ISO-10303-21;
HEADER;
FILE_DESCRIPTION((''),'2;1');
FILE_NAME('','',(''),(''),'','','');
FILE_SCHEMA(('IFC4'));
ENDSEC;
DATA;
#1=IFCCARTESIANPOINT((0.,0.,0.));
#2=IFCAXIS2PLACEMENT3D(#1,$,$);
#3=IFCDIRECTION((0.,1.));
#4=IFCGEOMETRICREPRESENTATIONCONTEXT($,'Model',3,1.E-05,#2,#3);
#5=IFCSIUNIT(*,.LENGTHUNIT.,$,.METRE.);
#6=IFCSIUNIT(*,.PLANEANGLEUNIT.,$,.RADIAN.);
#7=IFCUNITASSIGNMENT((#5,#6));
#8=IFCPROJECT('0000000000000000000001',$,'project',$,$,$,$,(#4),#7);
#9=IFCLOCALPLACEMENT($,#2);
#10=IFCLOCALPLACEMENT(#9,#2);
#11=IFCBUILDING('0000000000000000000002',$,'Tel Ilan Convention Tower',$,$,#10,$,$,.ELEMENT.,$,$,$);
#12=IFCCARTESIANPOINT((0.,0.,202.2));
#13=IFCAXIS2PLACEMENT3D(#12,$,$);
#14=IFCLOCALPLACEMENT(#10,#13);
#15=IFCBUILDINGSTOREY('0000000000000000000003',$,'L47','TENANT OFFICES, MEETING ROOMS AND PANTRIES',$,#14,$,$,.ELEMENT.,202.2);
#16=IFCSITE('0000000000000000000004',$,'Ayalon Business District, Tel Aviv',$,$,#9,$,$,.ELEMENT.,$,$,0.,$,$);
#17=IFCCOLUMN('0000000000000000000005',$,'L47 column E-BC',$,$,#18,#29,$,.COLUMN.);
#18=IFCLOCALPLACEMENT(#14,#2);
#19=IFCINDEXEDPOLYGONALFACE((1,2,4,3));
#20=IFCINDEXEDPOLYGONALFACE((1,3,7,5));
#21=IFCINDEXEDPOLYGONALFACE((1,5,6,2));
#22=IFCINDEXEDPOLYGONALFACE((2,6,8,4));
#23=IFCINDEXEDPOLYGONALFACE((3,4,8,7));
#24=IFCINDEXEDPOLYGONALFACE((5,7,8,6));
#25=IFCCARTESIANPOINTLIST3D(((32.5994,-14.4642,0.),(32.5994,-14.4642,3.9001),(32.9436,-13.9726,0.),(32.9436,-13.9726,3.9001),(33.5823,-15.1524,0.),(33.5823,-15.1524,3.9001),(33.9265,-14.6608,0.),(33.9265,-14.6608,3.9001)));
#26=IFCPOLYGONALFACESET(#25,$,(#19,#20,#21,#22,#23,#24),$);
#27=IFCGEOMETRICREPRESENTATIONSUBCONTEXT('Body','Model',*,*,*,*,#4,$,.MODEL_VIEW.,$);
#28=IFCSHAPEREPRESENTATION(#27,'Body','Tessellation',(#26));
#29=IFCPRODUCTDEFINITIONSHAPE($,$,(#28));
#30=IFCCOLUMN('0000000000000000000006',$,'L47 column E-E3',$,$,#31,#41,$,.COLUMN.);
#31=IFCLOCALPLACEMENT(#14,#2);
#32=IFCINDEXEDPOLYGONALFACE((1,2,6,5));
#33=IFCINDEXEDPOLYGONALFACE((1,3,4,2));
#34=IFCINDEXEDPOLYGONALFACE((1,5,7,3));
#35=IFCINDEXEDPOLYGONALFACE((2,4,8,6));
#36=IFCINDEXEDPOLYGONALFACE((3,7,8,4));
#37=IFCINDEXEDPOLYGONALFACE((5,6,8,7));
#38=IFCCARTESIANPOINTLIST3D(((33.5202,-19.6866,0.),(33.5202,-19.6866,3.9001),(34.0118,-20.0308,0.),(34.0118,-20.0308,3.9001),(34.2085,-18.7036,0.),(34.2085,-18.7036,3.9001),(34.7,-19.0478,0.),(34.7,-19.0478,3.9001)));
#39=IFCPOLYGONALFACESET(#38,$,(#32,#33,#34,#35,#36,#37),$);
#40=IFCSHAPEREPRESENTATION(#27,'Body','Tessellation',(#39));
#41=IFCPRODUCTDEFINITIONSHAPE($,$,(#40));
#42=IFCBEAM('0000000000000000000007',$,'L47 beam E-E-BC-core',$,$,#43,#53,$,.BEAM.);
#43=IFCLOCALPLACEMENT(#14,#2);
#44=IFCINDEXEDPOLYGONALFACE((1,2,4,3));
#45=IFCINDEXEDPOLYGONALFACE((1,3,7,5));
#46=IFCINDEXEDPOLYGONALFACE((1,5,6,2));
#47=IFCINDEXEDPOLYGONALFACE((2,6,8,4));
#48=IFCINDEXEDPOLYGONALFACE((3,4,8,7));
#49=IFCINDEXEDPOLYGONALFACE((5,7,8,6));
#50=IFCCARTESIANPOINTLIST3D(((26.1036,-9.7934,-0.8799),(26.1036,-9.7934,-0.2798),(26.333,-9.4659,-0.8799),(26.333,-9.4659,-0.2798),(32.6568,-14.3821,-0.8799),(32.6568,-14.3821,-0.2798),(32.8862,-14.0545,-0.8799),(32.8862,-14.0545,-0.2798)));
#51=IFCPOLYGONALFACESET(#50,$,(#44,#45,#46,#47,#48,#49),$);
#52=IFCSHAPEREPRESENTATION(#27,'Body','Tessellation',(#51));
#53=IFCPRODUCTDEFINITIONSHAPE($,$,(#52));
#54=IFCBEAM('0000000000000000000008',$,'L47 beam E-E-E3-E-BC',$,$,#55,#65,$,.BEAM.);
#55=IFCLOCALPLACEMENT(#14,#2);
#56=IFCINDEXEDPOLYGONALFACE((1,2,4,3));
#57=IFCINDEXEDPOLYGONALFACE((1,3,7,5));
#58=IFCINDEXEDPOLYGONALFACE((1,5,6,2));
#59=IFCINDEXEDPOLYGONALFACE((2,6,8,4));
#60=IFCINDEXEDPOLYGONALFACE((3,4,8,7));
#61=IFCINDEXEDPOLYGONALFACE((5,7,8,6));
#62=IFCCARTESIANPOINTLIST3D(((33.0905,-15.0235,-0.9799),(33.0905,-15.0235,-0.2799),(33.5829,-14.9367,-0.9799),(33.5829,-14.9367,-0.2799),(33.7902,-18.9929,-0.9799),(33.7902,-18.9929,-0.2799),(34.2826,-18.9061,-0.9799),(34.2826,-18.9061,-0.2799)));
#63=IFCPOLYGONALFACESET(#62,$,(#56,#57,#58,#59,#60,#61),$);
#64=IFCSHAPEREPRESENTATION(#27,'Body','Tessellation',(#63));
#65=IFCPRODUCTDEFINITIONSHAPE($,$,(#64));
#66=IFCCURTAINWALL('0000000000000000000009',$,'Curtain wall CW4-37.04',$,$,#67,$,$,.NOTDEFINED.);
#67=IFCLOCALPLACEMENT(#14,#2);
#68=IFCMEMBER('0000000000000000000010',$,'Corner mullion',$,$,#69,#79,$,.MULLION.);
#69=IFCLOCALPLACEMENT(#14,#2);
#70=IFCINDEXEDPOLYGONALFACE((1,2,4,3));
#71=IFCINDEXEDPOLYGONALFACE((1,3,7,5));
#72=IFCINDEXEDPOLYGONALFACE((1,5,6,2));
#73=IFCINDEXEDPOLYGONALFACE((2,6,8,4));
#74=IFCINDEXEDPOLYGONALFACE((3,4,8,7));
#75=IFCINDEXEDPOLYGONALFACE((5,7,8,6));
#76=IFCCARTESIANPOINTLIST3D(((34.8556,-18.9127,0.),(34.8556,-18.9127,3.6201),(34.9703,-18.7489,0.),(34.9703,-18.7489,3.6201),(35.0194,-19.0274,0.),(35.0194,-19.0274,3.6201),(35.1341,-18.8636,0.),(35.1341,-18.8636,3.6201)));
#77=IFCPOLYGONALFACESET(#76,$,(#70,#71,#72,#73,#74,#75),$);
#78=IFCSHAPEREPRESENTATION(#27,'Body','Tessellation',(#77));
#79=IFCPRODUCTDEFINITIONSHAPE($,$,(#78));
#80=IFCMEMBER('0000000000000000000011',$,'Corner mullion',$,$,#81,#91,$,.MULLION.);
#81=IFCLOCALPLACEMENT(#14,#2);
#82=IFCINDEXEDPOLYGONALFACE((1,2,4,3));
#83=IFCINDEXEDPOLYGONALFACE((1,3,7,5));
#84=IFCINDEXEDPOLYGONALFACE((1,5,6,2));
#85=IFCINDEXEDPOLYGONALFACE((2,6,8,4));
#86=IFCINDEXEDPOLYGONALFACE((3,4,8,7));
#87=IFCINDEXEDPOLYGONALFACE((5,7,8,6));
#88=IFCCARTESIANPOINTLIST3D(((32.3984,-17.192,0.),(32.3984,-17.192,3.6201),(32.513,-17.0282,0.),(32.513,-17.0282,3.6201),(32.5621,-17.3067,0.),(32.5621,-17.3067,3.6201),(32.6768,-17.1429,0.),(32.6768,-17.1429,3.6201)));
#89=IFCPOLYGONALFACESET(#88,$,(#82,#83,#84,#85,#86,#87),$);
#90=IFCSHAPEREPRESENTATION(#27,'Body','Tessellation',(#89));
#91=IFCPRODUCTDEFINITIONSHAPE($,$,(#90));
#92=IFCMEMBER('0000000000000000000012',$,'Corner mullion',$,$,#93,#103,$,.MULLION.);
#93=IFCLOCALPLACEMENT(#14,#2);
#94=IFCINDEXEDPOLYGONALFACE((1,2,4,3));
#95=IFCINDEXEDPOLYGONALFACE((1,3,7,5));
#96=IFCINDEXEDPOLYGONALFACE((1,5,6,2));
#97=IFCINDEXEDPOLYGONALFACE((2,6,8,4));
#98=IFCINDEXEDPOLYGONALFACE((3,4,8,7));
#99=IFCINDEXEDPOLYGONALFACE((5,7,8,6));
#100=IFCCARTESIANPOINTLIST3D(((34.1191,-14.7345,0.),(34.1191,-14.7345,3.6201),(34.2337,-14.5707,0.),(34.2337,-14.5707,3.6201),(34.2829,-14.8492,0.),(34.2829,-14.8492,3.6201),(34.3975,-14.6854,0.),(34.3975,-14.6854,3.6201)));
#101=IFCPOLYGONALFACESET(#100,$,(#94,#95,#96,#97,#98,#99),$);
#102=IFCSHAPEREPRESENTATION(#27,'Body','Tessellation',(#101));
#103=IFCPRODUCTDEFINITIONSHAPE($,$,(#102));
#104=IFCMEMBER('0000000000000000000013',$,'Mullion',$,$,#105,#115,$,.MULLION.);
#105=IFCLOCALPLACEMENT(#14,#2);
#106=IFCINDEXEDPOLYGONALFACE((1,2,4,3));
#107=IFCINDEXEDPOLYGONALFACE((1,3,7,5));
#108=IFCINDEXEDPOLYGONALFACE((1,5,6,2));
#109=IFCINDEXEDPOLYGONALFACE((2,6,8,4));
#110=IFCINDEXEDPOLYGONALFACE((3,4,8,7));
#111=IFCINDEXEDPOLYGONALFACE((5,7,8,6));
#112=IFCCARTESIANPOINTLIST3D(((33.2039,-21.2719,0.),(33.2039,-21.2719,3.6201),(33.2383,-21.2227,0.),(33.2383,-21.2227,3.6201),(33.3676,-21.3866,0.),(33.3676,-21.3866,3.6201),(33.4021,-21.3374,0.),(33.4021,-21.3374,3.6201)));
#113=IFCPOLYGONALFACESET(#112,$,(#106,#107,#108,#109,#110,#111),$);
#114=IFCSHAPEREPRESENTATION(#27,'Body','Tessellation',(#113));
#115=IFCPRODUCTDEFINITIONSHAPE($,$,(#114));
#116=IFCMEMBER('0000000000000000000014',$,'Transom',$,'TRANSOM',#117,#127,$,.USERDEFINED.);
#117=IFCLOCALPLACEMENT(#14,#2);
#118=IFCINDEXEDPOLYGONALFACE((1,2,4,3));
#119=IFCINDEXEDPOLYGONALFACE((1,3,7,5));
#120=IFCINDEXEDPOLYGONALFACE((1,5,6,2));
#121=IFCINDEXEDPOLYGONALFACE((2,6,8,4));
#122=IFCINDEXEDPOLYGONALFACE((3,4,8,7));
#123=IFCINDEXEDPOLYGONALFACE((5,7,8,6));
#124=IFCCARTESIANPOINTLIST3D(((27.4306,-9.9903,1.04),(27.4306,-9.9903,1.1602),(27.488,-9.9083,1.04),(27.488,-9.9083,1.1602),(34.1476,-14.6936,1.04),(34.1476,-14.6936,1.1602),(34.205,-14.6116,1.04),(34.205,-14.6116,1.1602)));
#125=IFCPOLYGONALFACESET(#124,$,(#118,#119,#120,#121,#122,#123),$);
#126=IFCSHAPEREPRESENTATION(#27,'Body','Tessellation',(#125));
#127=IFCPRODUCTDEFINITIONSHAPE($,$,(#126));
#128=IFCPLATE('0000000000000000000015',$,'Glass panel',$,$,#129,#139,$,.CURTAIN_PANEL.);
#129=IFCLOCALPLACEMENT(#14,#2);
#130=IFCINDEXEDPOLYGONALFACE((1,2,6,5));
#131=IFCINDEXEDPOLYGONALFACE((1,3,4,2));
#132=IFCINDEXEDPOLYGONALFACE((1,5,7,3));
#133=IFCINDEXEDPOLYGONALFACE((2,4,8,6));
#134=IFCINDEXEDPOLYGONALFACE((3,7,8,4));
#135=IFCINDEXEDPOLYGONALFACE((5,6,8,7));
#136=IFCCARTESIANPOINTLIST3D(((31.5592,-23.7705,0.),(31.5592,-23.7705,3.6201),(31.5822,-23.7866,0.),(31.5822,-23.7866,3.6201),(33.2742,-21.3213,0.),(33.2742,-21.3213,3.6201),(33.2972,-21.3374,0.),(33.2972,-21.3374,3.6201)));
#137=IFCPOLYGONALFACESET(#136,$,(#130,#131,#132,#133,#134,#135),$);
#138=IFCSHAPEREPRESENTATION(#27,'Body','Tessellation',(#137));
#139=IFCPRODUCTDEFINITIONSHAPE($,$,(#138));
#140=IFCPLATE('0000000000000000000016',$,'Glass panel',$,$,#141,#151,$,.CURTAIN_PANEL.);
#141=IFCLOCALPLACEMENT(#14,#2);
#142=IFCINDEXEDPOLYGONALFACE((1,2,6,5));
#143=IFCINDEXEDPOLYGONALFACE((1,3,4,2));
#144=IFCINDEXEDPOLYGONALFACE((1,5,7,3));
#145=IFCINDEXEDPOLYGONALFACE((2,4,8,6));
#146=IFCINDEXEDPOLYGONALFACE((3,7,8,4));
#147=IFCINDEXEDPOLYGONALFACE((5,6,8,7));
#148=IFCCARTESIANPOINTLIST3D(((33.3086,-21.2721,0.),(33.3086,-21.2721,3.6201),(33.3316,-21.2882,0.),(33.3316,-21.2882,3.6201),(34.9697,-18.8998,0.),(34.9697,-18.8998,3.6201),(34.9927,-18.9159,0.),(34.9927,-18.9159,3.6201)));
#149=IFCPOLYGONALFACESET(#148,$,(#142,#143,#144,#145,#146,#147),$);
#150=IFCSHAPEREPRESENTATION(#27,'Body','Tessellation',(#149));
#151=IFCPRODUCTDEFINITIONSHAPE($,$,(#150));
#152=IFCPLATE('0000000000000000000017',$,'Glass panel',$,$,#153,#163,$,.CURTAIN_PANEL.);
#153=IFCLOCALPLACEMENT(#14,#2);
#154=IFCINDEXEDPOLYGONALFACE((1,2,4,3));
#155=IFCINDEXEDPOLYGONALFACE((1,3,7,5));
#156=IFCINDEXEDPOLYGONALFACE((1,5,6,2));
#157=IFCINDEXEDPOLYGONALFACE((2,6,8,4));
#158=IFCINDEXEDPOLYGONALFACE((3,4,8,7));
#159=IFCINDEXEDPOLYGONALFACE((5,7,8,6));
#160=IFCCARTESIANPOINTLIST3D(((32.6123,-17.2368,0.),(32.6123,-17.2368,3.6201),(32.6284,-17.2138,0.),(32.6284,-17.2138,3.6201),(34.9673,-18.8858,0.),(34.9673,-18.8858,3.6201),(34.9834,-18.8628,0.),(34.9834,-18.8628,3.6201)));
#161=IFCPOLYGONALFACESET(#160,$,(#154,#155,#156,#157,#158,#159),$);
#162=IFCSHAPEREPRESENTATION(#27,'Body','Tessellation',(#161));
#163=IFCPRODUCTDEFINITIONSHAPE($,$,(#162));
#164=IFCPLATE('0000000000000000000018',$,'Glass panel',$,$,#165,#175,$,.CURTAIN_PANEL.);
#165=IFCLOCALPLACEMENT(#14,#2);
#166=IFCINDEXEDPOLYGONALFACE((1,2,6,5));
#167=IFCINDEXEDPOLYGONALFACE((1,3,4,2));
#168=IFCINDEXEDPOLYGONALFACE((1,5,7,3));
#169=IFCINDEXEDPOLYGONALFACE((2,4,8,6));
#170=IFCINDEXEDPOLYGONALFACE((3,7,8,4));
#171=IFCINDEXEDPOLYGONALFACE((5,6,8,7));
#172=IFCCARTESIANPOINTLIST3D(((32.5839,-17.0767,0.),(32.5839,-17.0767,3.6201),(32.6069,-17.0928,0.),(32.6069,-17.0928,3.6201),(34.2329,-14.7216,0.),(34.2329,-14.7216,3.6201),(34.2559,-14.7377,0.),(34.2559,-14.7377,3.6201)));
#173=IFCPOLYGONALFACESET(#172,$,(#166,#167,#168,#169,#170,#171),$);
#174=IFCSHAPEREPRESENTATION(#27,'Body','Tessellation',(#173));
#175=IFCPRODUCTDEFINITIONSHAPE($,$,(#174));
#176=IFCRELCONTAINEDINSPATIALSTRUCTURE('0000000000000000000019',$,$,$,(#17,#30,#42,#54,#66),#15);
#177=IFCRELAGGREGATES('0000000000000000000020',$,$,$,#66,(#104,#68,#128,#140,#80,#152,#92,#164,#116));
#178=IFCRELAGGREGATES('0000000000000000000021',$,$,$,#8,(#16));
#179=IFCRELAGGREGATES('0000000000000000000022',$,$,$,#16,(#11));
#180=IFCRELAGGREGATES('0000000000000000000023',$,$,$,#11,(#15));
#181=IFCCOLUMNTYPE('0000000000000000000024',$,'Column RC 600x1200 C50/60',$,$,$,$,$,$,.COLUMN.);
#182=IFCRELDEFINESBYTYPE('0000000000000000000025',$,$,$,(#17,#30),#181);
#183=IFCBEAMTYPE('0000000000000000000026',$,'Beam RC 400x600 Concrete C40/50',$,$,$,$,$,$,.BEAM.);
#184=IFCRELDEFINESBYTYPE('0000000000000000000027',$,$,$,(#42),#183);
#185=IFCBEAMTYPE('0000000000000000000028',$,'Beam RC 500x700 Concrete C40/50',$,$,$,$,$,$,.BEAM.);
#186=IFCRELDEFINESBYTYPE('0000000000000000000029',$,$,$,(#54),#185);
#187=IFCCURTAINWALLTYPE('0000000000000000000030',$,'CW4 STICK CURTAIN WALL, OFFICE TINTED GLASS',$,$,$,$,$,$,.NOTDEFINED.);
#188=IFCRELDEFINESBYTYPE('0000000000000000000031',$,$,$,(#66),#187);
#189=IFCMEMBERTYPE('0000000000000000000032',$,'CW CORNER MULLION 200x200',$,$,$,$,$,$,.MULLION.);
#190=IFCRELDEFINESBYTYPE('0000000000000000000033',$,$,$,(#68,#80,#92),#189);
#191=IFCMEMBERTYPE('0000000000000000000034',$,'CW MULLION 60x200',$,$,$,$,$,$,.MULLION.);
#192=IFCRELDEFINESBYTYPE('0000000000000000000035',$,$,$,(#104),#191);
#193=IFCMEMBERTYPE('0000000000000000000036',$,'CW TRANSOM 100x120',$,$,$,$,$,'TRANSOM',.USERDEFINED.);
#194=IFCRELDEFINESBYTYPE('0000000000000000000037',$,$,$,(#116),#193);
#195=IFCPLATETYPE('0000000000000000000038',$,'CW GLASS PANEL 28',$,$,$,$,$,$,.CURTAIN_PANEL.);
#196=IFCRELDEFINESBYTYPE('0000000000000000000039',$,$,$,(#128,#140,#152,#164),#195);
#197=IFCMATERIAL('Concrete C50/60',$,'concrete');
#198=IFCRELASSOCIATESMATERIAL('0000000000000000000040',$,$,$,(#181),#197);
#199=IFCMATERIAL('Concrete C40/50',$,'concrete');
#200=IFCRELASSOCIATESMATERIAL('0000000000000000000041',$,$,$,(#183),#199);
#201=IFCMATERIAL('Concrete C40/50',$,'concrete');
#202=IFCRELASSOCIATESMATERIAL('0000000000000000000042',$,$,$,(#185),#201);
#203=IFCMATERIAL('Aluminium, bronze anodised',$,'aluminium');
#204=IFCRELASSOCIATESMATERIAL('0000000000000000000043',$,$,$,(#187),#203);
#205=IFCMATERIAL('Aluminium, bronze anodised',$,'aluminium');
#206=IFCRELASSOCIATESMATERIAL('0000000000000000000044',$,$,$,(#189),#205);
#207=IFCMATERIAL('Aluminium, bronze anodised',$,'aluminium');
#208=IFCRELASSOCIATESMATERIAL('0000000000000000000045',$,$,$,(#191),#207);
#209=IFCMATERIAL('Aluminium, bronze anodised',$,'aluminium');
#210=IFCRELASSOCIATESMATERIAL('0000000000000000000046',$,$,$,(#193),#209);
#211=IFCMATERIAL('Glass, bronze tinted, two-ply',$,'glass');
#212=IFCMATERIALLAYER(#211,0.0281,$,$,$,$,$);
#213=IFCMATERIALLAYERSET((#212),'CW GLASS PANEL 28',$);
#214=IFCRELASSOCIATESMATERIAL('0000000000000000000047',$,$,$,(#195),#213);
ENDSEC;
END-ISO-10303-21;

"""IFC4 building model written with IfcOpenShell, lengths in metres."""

from ifc_helpers import new_model, si_unit, direction, frame, origin, origin_2d, place, context, subcontext, project, spatial, rectangle, extrude, material, layer, layer_set, material_profile, profile_set, type_object, element, aggregate, save


model = new_model("IFC4")

# Units and contexts
model_context = context("Model", 3, precision=1e-05, world=origin(), true_north=direction((0.0, 1.0)))
body_context = subcontext(model_context, "Body", "Model", "MODEL_VIEW")
ifc_project = project(units=[si_unit("LENGTHUNIT", "METRE"), si_unit("PLANEANGLEUNIT", "RADIAN")], contexts=[model_context])

# Site, building, storey
site_placement = place(None, origin())
site = spatial("IfcSite", under=ifc_project, at=site_placement, Name="Ayalon Business District, Tel Aviv", CompositionType="ELEMENT", RefElevation=0.0)
building_placement = place(site_placement, origin())
building = spatial("IfcBuilding", under=site, at=building_placement, Name="Tel Ilan Convention Tower", CompositionType="ELEMENT")
storey_placement = place(building_placement, frame((0.0, 0.0, 202.2)))
storey = spatial("IfcBuildingStorey", under=building, at=storey_placement, Name="L47", Description="TENANT OFFICES, MEETING ROOMS AND PANTRIES", CompositionType="ELEMENT", Elevation=202.2)

# Columns
ifc_material_1 = material(Name="Concrete C50/60", Category="concrete")
ifc_material_profile_1 = material_profile(ifc_material_1, rectangle(XDim=1.2, YDim=0.6001, at=origin_2d()), Name="RC 600x1200")
ifc_profile_set_1 = profile_set([ifc_material_profile_1], Name="Concrete C50/60")
column_type = type_object("IfcColumnType", Name="Column RC 600x1200 C50/60", PredefinedType="COLUMN", material=ifc_profile_set_1)
for number, where, z_axis, x_axis, name in (
    (1, (33.2629, -14.5625, 0.0), (0.0, 0.0, 1.0), (0.819152, -0.573576, 0.0), "L47 column E-BC"),
    (2, (34.1101, -19.3672, 0.0), (0.0, 0.0, 1.0), (0.573576, 0.819152, 0.0), "L47 column E-E3"),
):
    element("IfcColumn", number, at=place(storey_placement, frame(where, z_axis=z_axis, x_axis=x_axis)), inside=storey, type_object=column_type, Name=name, PredefinedType="COLUMN", context=body_context, shape_type="SweptSolid", body=[
        extrude(rectangle(XDim=1.2, YDim=0.6001, at=origin_2d()), origin(), (0.0, 0.0, 1.0), 3.9001),
    ])

# Beams
ifc_material_2 = material(Name="Concrete C40/50", Category="concrete")
ifc_material_profile_2 = material_profile(ifc_material_2, rectangle(XDim=0.3999, YDim=0.6001, at=origin_2d()), Name="RC 400x600")
ifc_profile_set_2 = profile_set([ifc_material_profile_2], Name="Concrete C40/50")
beam_type_1 = type_object("IfcBeamType", Name="Beam RC 400x600 Concrete C40/50", PredefinedType="BEAM", material=ifc_profile_set_2)
beam_1_placement = place(storey_placement, frame((32.7715, -14.2183, -0.5798), z_axis=(-0.819152, 0.573577, 0.0), x_axis=(-0.573577, -0.819152, 0.0)))
element("IfcBeam", 3, at=beam_1_placement, inside=storey, type_object=beam_type_1, Name="L47 beam E-E-BC-core", PredefinedType="BEAM", context=body_context, shape_type="SweptSolid", body=[
    extrude(rectangle(XDim=0.3999, YDim=0.6001, at=origin_2d()), origin(), (0.0, 0.0, 1.0), 8.0),
])
ifc_material_3 = material(Name="Concrete C40/50", Category="concrete")
ifc_material_profile_3 = material_profile(ifc_material_3, rectangle(XDim=0.5, YDim=0.7, at=origin_2d()), Name="RC 500x700")
ifc_profile_set_3 = profile_set([ifc_material_profile_3], Name="Concrete C40/50")
beam_type_2 = type_object("IfcBeamType", Name="Beam RC 500x700 Concrete C40/50", PredefinedType="BEAM", material=ifc_profile_set_3)
beam_2_placement = place(storey_placement, frame((34.0364, -18.9495, -0.6299), z_axis=(-0.173606, 0.984815, 0.0), x_axis=(-0.984815, -0.173606, 0.0)))
element("IfcBeam", 4, at=beam_2_placement, inside=storey, type_object=beam_type_2, Name="L47 beam E-E-E3-E-BC", PredefinedType="BEAM", context=body_context, shape_type="SweptSolid", body=[
    extrude(rectangle(XDim=0.5, YDim=0.7, at=origin_2d()), origin(), (0.0, 0.0, 1.0), 4.0305),
])

# Curtain wall, members, plates
ifc_material_4 = material(Name="Aluminium, bronze anodised", Category="aluminium")
curtain_wall_type = type_object("IfcCurtainWallType", Name="CW4 STICK CURTAIN WALL, OFFICE TINTED GLASS", PredefinedType="NOTDEFINED", material=ifc_material_4)
curtain_wall_placement = place(storey_placement, origin())
curtain_wall = element("IfcCurtainWall", 5, at=curtain_wall_placement, inside=storey, type_object=curtain_wall_type, Name="Curtain wall CW4-37.04", PredefinedType="NOTDEFINED")
ifc_material_5 = material(Name="Aluminium, bronze anodised", Category="aluminium")
ifc_material_profile_4 = material_profile(ifc_material_5, rectangle(XDim=0.2, YDim=0.2, at=origin_2d()), Name="CW CORNER MULLION 200x200")
ifc_profile_set_4 = profile_set([ifc_material_profile_4], Name="Aluminium, bronze anodised")
member_type_1 = type_object("IfcMemberType", Name="CW CORNER MULLION 200x200", PredefinedType="MULLION", material=ifc_profile_set_4)
member_1_placement = place(storey_placement, frame((34.9949, -18.8882, 0.0), z_axis=(0.0, 0.0, 1.0), x_axis=(0.573576, 0.819152, 0.0)))
member_1 = element("IfcMember", 6, at=member_1_placement, type_object=member_type_1, Name="Corner mullion", PredefinedType="MULLION", context=body_context, shape_type="SweptSolid", body=[
    extrude(rectangle(XDim=0.2, YDim=0.2, at=origin_2d()), origin(), (0.0, 0.0, 1.0), 3.6201),
])
member_2_placement = place(storey_placement, frame((32.5376, -17.1675, 0.0), z_axis=(0.0, 0.0, 1.0), x_axis=(-0.819152, 0.573576, 0.0)))
member_2 = element("IfcMember", 7, at=member_2_placement, type_object=member_type_1, Name="Corner mullion", PredefinedType="MULLION", context=body_context, shape_type="SweptSolid", body=[
    extrude(rectangle(XDim=0.2, YDim=0.2, at=origin_2d()), origin(), (0.0, 0.0, 1.0), 3.6201),
])
member_3_placement = place(storey_placement, frame((34.2583, -14.71, 0.0), z_axis=(0.0, 0.0, 1.0), x_axis=(0.573576, 0.819152, 0.0)))
member_3 = element("IfcMember", 8, at=member_3_placement, type_object=member_type_1, Name="Corner mullion", PredefinedType="MULLION", context=body_context, shape_type="SweptSolid", body=[
    extrude(rectangle(XDim=0.2, YDim=0.2, at=origin_2d()), origin(), (0.0, 0.0, 1.0), 3.6201),
])
ifc_material_6 = material(Name="Aluminium, bronze anodised", Category="aluminium")
ifc_material_profile_5 = material_profile(ifc_material_6, rectangle(XDim=0.0601, YDim=0.2, at=origin_2d()), Name="CW MULLION 60x200")
ifc_profile_set_5 = profile_set([ifc_material_profile_5], Name="Aluminium, bronze anodised")
member_type_2 = type_object("IfcMemberType", Name="CW MULLION 60x200", PredefinedType="MULLION", material=ifc_profile_set_5)
member_4_placement = place(storey_placement, frame((33.303, -21.3047, 0.0), z_axis=(0.0, 0.0, 1.0), x_axis=(0.573576, 0.819152, 0.0)))
member_4 = element("IfcMember", 9, at=member_4_placement, type_object=member_type_2, Name="Mullion", PredefinedType="MULLION", context=body_context, shape_type="SweptSolid", body=[
    extrude(rectangle(XDim=0.0601, YDim=0.2, at=origin_2d()), origin(), (0.0, 0.0, 1.0), 3.6201),
])
ifc_material_7 = material(Name="Aluminium, bronze anodised", Category="aluminium")
ifc_material_profile_6 = material_profile(ifc_material_7, rectangle(XDim=0.1001, YDim=0.1201, at=origin_2d()), Name="CW TRANSOM 100x120")
ifc_profile_set_6 = profile_set([ifc_material_profile_6], Name="Aluminium, bronze anodised")
member_type_3 = type_object("IfcMemberType", Name="CW TRANSOM 100x120", ElementType="TRANSOM", PredefinedType="USERDEFINED", material=ifc_profile_set_6)
member_5_placement = place(storey_placement, frame((34.1763, -14.6526, 1.1001), z_axis=(-0.819149, 0.57358, 0.0), x_axis=(-0.57358, -0.819149, 0.0)))
member_5 = element("IfcMember", 10, at=member_5_placement, type_object=member_type_3, Name="Transom", ObjectType="TRANSOM", PredefinedType="USERDEFINED", context=body_context, shape_type="SweptSolid", body=[
    extrude(rectangle(XDim=0.1001, YDim=0.1201, at=origin_2d()), origin(), (0.0, 0.0, 1.0), 8.2),
])
ifc_material_8 = material(Name="Glass, bronze tinted, two-ply", Category="glass")
ifc_layer_1 = layer(ifc_material_8, 0.0281)
ifc_layer_set_1 = layer_set([ifc_layer_1], Name="CW GLASS PANEL 28")
plate_type = type_object("IfcPlateType", Name="CW GLASS PANEL 28", PredefinedType="CURTAIN_PANEL", material=ifc_layer_set_1)
plate_1_placement = place(storey_placement, frame((32.4282, -22.554, 0.0), z_axis=(0.0, 0.0, 1.0), x_axis=(0.573576, 0.819152, 0.0)))
plate_1 = element("IfcPlate", 11, at=plate_1_placement, type_object=plate_type, Name="Glass panel", PredefinedType="CURTAIN_PANEL", context=body_context, shape_type="SweptSolid", body=[
    extrude(rectangle(XDim=2.99, YDim=0.0281, at=origin_2d()), origin(), (0.0, 0.0, 1.0), 3.6201),
])
plate_2_placement = place(storey_placement, frame((34.1506, -20.094, 0.0), z_axis=(0.0, 0.0, 1.0), x_axis=(0.573576, 0.819152, 0.0)))
plate_2 = element("IfcPlate", 12, at=plate_2_placement, type_object=plate_type, Name="Glass panel", PredefinedType="CURTAIN_PANEL", context=body_context, shape_type="SweptSolid", body=[
    extrude(rectangle(XDim=2.896, YDim=0.0281, at=origin_2d()), origin(), (0.0, 0.0, 1.0), 3.6201),
])
plate_3_placement = place(storey_placement, frame((33.7979, -18.0498, 0.0), z_axis=(0.0, 0.0, 1.0), x_axis=(-0.819152, 0.573576, 0.0)))
plate_3 = element("IfcPlate", 13, at=plate_3_placement, type_object=plate_type, Name="Glass panel", PredefinedType="CURTAIN_PANEL", context=body_context, shape_type="SweptSolid", body=[
    extrude(rectangle(XDim=2.875, YDim=0.0281, at=origin_2d()), origin(), (0.0, 0.0, 1.0), 3.6201),
])
plate_4_placement = place(storey_placement, frame((33.4199, -15.9072, 0.0), z_axis=(0.0, 0.0, 1.0), x_axis=(0.573576, 0.819152, 0.0)))
plate_4 = element("IfcPlate", 14, at=plate_4_placement, type_object=plate_type, Name="Glass panel", PredefinedType="CURTAIN_PANEL", context=body_context, shape_type="SweptSolid", body=[
    extrude(rectangle(XDim=2.875, YDim=0.0281, at=origin_2d()), origin(), (0.0, 0.0, 1.0), 3.6201),
])
aggregate(curtain_wall, [member_4, member_1, plate_1, plate_2, member_2, plate_3, member_3, plate_4, member_5])

save(model, "model.ifc")
